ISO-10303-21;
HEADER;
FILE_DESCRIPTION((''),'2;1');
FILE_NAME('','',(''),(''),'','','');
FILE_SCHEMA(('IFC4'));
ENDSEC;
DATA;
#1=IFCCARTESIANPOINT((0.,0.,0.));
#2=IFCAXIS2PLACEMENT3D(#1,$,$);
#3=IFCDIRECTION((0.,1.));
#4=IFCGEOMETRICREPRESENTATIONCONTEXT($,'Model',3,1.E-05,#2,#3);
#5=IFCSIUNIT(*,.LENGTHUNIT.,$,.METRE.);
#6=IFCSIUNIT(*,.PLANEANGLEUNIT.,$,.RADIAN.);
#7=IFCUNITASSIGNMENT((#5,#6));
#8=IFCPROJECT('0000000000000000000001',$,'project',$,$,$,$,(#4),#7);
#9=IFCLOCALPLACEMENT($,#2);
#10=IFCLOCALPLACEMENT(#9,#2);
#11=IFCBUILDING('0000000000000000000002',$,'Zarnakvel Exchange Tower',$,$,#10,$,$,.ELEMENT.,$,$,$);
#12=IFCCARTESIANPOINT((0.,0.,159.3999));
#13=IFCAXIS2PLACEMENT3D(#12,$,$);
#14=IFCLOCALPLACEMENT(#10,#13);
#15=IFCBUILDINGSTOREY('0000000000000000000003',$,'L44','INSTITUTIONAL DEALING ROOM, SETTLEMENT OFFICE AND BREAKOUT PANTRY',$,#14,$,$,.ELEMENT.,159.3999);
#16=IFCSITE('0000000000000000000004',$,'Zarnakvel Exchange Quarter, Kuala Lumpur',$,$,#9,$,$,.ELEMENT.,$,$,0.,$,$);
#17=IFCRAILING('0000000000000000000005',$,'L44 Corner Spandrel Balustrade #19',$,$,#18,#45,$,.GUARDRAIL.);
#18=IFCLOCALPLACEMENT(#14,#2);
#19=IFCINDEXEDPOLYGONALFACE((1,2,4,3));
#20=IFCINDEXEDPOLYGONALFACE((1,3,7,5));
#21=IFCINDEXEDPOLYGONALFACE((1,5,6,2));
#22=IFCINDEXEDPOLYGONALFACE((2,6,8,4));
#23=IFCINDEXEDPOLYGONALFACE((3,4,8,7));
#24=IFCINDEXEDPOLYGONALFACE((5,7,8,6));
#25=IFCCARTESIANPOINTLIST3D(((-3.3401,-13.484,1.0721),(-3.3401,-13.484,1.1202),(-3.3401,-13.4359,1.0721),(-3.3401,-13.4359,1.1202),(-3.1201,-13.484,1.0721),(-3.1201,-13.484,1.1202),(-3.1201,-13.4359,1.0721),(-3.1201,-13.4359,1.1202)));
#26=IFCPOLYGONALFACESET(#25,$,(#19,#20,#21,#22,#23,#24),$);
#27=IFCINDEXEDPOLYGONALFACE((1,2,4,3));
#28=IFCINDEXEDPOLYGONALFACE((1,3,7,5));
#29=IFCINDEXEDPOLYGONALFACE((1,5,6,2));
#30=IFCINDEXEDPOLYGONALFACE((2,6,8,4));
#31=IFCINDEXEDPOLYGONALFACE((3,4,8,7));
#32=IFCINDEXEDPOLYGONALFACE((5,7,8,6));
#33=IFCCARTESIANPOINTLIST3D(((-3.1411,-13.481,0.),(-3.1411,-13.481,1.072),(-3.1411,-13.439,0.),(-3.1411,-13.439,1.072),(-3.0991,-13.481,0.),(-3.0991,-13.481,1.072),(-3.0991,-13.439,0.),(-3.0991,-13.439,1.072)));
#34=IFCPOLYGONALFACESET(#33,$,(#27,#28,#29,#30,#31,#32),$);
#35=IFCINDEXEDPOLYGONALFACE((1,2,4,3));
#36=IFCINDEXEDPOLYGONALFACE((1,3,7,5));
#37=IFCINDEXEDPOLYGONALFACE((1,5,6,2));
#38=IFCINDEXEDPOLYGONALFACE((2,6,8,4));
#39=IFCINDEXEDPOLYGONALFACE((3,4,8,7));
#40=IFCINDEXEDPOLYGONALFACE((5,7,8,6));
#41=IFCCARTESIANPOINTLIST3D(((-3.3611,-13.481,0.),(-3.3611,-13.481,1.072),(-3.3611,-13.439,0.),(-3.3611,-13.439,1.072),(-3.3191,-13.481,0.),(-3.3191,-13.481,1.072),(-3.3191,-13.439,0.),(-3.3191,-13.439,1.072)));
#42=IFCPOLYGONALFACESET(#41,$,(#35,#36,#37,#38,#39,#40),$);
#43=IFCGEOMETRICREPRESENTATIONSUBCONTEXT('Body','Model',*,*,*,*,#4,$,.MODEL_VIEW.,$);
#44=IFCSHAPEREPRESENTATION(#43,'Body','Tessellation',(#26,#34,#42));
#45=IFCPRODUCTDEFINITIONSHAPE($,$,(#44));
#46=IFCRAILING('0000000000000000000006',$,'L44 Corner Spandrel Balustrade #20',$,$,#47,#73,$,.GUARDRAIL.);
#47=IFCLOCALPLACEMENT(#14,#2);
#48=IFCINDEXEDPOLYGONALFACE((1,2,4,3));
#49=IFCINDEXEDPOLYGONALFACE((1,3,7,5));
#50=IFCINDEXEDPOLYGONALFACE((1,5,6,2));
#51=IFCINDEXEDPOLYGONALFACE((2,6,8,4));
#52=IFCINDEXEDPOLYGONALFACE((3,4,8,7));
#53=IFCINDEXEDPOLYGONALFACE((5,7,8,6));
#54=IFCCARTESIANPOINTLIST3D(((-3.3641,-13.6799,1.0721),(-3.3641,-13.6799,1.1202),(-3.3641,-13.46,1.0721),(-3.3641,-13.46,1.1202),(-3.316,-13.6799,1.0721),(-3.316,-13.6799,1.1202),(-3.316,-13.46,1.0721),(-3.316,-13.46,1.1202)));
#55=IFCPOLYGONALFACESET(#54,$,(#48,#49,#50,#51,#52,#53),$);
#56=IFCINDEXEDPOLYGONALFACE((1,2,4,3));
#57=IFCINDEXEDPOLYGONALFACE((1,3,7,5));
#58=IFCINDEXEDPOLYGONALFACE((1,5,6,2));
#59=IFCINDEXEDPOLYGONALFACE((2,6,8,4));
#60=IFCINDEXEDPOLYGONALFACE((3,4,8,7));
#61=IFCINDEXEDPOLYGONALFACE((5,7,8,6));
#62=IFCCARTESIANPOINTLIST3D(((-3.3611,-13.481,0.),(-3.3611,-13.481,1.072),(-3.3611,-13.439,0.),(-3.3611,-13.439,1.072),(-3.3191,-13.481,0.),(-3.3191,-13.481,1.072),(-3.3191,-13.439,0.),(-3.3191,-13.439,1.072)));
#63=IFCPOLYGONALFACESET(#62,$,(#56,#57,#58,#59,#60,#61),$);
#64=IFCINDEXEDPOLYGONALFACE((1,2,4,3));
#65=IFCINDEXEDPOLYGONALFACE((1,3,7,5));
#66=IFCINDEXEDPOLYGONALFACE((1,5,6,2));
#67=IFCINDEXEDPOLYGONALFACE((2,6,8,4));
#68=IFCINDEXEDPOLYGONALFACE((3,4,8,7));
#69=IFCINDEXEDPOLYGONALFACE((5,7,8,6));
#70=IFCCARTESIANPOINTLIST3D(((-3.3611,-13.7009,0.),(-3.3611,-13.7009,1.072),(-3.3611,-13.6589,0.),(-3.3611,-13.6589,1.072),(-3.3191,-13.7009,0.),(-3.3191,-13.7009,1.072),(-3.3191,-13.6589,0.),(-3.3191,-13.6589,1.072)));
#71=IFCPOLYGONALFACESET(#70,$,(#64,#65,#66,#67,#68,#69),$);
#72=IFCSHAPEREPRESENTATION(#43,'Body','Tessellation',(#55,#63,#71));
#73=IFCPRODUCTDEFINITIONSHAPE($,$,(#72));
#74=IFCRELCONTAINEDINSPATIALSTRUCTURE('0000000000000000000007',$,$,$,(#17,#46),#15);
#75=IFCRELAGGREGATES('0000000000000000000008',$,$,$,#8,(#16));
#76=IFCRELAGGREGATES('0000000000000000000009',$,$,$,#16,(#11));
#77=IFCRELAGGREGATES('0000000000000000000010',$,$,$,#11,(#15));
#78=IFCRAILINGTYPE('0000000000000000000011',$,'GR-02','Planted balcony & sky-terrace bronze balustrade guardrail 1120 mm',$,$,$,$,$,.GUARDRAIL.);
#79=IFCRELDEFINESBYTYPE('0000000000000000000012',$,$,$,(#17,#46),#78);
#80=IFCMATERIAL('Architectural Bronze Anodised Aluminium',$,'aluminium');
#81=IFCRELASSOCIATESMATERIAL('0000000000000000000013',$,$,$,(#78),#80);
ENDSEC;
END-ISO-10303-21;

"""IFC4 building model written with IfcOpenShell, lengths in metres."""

from ifc_helpers import new_model, si_unit, direction, frame, origin, origin_2d, place, context, subcontext, project, spatial, rectangle, extrude, material, type_object, element, save


model = new_model("IFC4")

# Units and contexts
model_context = context("Model", 3, precision=1e-05, world=origin(), true_north=direction((0.0, 1.0)))
body_context = subcontext(model_context, "Body", "Model", "MODEL_VIEW")
ifc_project = project(units=[si_unit("LENGTHUNIT", "METRE"), si_unit("PLANEANGLEUNIT", "RADIAN")], contexts=[model_context])

# Site, building, storey
site_placement = place(None, origin())
site = spatial("IfcSite", under=ifc_project, at=site_placement, Name="Zarnakvel Exchange Quarter, Kuala Lumpur", CompositionType="ELEMENT", RefElevation=0.0)
building_placement = place(site_placement, origin())
building = spatial("IfcBuilding", under=site, at=building_placement, Name="Zarnakvel Exchange Tower", CompositionType="ELEMENT")
storey_placement = place(building_placement, frame((0.0, 0.0, 159.3999)))
storey = spatial("IfcBuildingStorey", under=building, at=storey_placement, Name="L44", Description="INSTITUTIONAL DEALING ROOM, SETTLEMENT OFFICE AND BREAKOUT PANTRY", CompositionType="ELEMENT", Elevation=159.3999)

# Shared definitions
ifc_material_1 = material(Name="Architectural Bronze Anodised Aluminium", Category="aluminium")

# Railings
railing_type = type_object("IfcRailingType", Name="GR-02", Description="Planted balcony & sky-terrace bronze balustrade guardrail 1120 mm", PredefinedType="GUARDRAIL", material=ifc_material_1)
railing_1_placement = place(storey_placement, frame((-3.1201, -13.46, 0.0)))
element("IfcRailing", 1, at=railing_1_placement, inside=storey, type_object=railing_type, Name="L44 Corner Spandrel Balustrade #19", PredefinedType="GUARDRAIL", context=body_context, shape_type="SweptSolid", body=[
    extrude(rectangle(XDim=0.0481, YDim=0.0481, at=origin_2d()), frame((0.0, 0.0, 1.0962), z_axis=(-1.0, 0.0, 0.0), x_axis=(0.0, -1.0, 0.0)), (0.0, 0.0, 1.0), 0.22),
    extrude(rectangle(XDim=0.042, YDim=0.042, at=origin_2d()), origin(), (0.0, 0.0, 1.0), 1.072),
    extrude(rectangle(XDim=0.042, YDim=0.042, at=origin_2d()), frame((-0.22, 0.0, 0.0)), (0.0, 0.0, 1.0), 1.072),
])
railing_2_placement = place(storey_placement, frame((-3.3401, -13.46, 0.0)))
element("IfcRailing", 2, at=railing_2_placement, inside=storey, type_object=railing_type, Name="L44 Corner Spandrel Balustrade #20", PredefinedType="GUARDRAIL", context=body_context, shape_type="SweptSolid", body=[
    extrude(rectangle(XDim=0.0481, YDim=0.0481, at=origin_2d()), frame((0.0, 0.0, 1.0962), z_axis=(0.0, -1.0, 0.0), x_axis=(1.0, 0.0, 0.0)), (0.0, 0.0, 1.0), 0.22),
    extrude(rectangle(XDim=0.042, YDim=0.042, at=origin_2d()), origin(), (0.0, 0.0, 1.0), 1.072),
    extrude(rectangle(XDim=0.042, YDim=0.042, at=origin_2d()), frame((0.0, -0.22, 0.0)), (0.0, 0.0, 1.0), 1.072),
])

save(model, "model.ifc")
